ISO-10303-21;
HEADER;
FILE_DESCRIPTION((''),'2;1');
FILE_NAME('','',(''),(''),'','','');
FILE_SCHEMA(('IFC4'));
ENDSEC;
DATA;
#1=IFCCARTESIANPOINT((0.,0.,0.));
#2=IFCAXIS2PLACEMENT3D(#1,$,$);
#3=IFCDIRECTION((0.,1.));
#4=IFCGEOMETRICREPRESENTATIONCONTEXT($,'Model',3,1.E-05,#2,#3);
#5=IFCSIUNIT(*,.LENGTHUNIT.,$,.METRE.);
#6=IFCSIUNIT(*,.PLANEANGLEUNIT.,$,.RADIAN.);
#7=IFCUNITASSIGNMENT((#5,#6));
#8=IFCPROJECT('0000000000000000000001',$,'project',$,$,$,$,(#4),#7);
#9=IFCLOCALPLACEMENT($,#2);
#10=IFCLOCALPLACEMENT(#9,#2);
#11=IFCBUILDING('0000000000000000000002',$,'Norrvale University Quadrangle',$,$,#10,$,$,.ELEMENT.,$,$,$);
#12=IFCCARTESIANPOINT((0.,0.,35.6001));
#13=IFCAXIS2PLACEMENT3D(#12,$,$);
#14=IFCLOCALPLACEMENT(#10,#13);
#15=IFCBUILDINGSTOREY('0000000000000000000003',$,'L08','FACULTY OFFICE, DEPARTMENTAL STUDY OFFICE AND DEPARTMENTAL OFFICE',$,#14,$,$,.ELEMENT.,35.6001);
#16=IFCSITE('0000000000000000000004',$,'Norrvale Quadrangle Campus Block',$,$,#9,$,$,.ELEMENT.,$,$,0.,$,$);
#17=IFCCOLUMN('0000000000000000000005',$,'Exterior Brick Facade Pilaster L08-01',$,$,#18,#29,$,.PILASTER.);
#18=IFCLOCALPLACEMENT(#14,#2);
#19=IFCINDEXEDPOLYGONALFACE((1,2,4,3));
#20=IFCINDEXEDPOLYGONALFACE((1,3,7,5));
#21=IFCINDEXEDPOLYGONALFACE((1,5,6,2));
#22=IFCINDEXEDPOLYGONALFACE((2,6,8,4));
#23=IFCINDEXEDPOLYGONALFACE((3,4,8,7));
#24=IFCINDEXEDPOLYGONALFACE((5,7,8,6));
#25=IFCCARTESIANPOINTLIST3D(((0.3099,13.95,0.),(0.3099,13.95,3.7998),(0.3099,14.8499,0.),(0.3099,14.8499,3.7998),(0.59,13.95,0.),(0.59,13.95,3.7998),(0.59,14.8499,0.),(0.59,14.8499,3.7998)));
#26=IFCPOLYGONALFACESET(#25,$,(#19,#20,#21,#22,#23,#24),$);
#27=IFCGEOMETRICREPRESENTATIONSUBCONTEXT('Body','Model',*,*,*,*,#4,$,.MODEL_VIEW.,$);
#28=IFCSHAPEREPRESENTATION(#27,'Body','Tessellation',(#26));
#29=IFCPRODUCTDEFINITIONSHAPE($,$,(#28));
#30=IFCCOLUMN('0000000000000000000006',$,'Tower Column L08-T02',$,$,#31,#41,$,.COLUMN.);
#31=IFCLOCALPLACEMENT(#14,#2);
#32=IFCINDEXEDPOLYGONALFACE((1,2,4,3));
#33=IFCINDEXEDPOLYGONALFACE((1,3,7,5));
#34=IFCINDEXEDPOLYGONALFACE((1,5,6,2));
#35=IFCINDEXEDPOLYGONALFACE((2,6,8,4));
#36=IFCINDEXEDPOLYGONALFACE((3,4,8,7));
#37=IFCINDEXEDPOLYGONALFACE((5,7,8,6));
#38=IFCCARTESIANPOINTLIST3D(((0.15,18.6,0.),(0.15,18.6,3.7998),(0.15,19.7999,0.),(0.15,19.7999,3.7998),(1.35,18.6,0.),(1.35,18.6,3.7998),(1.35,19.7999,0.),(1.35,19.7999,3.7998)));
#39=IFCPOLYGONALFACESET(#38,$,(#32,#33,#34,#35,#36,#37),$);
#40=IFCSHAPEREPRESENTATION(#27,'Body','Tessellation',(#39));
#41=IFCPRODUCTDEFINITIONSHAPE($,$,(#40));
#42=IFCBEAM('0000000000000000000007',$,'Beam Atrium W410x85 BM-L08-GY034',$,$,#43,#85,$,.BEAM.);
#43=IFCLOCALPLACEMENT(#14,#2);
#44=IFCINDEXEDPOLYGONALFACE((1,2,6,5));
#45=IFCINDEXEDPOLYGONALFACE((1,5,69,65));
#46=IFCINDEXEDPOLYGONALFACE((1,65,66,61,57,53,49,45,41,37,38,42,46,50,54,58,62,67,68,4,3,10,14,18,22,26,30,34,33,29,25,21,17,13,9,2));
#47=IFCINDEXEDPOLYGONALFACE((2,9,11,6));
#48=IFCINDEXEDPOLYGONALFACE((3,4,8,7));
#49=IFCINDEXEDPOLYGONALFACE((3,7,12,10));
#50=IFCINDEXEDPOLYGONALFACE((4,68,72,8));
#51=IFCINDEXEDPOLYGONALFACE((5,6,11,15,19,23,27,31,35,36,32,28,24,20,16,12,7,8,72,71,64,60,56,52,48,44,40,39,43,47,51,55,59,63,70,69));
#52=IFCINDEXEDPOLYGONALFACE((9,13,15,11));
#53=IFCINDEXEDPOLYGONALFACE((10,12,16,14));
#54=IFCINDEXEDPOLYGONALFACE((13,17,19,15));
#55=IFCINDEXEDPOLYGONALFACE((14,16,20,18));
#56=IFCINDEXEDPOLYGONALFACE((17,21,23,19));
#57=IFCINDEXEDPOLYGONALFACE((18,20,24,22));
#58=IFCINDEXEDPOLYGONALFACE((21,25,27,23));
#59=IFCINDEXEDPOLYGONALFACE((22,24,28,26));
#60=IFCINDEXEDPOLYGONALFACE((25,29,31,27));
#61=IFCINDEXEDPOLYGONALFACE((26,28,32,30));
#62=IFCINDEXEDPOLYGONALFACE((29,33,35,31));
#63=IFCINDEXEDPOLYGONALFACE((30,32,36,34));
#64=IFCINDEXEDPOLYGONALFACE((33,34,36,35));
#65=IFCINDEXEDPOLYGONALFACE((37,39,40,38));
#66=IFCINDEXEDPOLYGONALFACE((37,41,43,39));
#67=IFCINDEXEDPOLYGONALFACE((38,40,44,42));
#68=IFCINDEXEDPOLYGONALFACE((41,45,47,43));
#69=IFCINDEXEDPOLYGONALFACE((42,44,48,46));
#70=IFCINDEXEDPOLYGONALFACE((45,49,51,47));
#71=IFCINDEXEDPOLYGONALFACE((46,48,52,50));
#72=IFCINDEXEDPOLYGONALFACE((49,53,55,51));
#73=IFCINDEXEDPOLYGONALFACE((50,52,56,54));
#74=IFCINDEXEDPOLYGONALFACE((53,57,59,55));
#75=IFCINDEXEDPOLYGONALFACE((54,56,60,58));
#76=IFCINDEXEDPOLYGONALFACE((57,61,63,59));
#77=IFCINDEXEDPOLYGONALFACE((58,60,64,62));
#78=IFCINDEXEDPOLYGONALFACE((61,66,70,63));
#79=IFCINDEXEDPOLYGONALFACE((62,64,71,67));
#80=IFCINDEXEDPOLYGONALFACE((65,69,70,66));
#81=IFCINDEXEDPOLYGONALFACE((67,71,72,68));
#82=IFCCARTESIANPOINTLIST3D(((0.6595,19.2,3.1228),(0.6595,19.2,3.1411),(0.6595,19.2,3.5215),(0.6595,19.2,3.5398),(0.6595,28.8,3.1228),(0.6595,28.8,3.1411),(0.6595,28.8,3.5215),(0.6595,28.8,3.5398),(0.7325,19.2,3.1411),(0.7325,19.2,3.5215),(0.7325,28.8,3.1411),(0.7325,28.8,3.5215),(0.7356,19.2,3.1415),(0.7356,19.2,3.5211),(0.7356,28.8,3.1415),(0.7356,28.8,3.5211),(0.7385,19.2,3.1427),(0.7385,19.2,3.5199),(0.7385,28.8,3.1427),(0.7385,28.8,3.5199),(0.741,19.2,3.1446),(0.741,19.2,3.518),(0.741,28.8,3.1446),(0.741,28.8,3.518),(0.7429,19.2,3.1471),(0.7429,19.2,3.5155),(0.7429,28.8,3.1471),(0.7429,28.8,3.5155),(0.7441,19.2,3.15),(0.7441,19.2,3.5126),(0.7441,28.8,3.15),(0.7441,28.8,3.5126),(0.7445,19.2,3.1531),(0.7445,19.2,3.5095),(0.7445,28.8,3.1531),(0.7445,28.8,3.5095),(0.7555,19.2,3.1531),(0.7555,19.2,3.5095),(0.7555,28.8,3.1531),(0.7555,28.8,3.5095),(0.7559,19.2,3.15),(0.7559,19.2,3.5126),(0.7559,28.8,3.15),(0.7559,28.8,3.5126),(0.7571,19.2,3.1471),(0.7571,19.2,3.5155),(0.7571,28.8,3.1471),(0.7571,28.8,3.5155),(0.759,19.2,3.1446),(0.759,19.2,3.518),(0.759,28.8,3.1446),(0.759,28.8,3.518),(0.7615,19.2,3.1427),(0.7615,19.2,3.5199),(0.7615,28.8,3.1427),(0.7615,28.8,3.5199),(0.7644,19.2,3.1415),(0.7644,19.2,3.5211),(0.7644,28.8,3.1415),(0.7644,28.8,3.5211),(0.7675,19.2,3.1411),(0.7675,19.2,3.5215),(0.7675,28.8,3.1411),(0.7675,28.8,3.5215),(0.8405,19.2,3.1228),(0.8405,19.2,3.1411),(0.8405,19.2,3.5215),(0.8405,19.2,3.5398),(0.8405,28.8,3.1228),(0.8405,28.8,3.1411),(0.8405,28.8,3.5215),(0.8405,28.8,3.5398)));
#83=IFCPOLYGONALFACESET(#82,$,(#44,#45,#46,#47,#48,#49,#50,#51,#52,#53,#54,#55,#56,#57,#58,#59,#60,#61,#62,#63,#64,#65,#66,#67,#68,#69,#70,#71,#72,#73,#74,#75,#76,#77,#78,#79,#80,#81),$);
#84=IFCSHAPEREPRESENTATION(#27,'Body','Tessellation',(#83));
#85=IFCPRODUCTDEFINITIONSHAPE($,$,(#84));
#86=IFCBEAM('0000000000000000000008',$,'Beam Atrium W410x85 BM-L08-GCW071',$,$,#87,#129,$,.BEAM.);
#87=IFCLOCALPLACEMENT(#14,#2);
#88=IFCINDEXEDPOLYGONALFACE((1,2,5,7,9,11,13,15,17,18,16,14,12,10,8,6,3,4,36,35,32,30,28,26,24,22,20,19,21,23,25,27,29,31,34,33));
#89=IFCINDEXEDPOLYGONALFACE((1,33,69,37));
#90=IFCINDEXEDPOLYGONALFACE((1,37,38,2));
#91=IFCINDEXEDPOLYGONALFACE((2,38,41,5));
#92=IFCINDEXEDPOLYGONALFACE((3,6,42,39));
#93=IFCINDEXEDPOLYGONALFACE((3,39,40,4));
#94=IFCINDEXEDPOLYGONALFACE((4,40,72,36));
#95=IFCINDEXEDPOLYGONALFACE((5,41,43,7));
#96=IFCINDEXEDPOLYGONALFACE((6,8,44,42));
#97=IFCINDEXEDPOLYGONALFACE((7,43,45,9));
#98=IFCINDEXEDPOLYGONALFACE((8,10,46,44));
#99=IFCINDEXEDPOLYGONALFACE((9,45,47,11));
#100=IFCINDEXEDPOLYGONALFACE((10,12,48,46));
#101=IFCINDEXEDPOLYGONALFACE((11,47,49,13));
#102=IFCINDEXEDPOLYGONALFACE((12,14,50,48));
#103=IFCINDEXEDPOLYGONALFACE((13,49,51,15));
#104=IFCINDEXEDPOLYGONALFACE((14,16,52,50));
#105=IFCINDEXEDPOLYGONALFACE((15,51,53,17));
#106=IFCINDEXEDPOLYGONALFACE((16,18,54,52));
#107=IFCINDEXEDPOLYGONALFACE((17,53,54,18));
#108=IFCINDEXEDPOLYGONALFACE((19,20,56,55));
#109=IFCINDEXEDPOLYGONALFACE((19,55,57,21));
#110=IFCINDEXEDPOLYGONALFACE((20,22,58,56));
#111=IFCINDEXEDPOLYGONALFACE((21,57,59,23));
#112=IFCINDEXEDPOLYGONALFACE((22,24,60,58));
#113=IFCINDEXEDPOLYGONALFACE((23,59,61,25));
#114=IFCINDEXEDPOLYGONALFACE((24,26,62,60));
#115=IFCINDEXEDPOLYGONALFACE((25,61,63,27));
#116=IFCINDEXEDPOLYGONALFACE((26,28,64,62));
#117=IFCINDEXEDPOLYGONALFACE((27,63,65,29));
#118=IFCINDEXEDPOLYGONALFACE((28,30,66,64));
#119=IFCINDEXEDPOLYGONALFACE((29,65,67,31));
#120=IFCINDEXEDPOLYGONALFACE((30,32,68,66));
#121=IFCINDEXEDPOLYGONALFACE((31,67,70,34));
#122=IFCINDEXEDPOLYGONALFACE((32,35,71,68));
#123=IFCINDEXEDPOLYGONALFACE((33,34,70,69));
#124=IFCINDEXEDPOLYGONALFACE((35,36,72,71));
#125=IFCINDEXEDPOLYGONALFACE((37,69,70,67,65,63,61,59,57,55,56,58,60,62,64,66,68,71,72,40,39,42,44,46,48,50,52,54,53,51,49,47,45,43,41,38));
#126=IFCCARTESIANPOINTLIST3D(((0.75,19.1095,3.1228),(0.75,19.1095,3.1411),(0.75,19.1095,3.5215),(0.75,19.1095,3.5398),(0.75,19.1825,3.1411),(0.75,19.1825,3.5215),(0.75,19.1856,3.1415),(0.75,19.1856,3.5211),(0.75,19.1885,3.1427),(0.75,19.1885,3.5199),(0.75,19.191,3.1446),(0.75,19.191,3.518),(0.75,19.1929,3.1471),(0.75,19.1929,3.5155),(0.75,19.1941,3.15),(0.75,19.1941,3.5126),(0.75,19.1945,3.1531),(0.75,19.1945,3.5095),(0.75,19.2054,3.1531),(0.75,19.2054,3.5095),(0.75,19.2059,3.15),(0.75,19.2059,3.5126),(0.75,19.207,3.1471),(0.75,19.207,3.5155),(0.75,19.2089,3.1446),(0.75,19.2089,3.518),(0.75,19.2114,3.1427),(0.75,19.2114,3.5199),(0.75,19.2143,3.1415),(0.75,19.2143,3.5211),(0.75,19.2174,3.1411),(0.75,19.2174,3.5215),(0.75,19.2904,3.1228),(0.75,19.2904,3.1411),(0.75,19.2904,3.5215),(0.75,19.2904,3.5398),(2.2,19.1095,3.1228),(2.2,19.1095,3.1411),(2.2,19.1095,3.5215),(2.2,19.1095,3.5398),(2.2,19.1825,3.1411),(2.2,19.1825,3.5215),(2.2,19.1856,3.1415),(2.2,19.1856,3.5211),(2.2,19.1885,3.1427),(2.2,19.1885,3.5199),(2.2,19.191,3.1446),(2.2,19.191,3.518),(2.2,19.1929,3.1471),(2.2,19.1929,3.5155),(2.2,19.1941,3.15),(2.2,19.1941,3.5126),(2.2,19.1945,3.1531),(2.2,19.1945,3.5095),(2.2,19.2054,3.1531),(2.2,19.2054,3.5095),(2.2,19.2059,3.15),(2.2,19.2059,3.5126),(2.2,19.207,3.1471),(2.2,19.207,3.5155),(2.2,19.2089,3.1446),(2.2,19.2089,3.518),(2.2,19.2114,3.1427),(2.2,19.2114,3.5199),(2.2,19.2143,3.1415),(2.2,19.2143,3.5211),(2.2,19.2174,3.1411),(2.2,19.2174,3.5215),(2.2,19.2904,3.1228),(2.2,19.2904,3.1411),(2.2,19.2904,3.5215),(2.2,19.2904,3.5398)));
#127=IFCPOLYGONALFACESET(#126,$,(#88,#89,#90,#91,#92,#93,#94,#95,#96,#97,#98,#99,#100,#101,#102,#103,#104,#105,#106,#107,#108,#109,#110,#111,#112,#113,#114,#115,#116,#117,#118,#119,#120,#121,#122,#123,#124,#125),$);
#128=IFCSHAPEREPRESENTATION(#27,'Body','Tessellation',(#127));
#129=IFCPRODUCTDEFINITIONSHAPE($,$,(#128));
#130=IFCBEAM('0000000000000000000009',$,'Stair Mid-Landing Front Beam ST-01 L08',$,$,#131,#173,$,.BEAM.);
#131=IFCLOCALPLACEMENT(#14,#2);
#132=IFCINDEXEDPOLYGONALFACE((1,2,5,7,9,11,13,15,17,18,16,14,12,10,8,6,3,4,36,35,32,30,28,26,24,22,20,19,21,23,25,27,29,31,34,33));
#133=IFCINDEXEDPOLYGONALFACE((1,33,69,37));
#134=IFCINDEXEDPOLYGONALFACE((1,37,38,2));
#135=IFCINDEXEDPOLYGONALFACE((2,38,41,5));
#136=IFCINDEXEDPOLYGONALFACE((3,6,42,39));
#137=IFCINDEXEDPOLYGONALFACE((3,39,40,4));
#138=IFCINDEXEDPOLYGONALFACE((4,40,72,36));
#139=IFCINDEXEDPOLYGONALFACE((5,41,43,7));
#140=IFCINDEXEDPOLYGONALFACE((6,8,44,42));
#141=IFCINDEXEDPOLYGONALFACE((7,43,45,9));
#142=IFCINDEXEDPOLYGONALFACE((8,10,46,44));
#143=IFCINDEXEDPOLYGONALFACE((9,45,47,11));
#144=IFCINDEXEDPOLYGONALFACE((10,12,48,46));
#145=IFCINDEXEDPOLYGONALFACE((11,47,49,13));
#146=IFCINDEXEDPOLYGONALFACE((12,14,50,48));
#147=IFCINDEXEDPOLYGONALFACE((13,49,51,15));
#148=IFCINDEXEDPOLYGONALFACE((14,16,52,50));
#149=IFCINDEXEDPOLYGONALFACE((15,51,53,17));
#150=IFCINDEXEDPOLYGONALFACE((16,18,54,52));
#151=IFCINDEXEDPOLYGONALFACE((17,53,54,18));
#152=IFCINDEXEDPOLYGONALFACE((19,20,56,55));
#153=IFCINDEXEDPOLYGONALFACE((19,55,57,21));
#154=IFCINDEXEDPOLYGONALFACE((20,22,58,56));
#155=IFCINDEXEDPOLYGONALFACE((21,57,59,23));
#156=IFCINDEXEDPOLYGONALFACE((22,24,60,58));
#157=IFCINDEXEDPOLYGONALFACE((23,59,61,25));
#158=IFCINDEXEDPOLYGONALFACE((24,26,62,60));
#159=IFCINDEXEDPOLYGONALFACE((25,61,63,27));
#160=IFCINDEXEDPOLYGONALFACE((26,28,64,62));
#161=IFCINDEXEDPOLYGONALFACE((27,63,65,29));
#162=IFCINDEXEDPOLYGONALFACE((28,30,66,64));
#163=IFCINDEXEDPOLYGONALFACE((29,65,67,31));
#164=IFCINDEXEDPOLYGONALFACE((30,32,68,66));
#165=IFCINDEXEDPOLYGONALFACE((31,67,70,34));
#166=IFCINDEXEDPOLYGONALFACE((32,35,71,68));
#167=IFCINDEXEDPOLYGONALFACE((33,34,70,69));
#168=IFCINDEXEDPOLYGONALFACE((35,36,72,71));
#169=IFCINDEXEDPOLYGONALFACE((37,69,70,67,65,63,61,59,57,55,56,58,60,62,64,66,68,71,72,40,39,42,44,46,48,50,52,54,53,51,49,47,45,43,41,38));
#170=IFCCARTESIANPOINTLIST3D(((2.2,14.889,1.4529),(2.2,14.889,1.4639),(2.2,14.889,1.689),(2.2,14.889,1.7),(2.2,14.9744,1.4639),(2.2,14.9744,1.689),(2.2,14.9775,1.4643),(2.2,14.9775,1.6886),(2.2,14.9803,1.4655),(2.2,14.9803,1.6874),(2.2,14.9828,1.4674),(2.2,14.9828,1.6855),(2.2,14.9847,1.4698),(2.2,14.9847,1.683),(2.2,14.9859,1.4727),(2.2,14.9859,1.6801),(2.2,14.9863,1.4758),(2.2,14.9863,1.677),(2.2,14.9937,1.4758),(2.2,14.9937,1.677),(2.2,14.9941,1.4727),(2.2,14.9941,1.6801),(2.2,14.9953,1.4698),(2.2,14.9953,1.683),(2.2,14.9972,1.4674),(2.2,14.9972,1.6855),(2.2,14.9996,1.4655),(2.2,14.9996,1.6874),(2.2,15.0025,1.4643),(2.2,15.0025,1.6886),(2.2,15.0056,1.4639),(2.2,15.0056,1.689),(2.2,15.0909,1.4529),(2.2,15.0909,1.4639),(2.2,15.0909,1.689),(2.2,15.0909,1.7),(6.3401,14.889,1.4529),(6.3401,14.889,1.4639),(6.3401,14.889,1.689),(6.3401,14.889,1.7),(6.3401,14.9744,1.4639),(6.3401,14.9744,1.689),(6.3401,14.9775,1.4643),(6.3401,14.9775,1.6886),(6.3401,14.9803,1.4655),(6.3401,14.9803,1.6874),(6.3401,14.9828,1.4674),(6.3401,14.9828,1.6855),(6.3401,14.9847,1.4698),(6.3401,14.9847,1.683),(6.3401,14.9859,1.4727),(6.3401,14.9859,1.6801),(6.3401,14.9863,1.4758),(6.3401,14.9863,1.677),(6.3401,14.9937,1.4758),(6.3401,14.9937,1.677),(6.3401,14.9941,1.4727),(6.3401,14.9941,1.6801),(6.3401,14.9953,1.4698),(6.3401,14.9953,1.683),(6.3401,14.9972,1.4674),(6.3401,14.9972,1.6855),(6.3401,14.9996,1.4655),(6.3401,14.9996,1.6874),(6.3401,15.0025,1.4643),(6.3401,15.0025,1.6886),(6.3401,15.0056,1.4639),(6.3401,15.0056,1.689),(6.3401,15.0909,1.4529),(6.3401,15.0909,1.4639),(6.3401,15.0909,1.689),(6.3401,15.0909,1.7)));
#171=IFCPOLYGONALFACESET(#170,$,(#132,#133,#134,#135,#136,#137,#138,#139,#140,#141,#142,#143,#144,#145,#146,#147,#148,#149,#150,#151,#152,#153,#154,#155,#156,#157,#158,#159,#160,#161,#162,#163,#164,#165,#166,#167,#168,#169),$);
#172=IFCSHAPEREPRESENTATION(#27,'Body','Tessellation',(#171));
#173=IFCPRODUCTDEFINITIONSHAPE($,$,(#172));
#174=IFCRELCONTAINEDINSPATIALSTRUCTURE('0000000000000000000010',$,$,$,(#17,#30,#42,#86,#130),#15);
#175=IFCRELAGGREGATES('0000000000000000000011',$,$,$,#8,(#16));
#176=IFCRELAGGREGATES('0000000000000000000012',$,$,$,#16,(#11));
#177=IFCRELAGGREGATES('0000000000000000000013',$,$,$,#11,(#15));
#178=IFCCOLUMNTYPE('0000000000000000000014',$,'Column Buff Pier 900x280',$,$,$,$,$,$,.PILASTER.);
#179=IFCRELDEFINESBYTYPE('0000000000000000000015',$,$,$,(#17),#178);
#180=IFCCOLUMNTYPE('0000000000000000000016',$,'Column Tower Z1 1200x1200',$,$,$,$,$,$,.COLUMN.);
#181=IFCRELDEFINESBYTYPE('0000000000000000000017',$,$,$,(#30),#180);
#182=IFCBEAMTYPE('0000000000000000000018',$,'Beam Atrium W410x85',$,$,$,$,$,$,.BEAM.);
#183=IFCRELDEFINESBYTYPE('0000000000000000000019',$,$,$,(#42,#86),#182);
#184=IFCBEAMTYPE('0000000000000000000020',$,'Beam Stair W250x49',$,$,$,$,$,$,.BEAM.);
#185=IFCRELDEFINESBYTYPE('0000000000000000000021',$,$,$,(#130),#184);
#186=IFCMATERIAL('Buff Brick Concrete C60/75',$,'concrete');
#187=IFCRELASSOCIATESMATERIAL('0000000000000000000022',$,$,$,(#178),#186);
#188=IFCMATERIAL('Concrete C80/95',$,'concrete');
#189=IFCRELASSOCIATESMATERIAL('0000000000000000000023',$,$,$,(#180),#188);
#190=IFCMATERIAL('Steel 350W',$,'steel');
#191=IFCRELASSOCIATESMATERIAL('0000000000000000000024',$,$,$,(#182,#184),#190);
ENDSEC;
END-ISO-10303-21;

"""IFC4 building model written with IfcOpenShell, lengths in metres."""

from ifc_helpers import new_model, si_unit, direction, frame, origin, origin_2d, place, context, subcontext, project, spatial, rectangle, i_section, extrude, material, material_profile, profile_set, type_object, element, save


model = new_model("IFC4")

# Units and contexts
model_context = context("Model", 3, precision=1e-05, world=origin(), true_north=direction((0.0, 1.0)))
body_context = subcontext(model_context, "Body", "Model", "MODEL_VIEW")
ifc_project = project(units=[si_unit("LENGTHUNIT", "METRE"), si_unit("PLANEANGLEUNIT", "RADIAN")], contexts=[model_context])

# Site, building, storey
site_placement = place(None, origin())
site = spatial("IfcSite", under=ifc_project, at=site_placement, Name="Norrvale Quadrangle Campus Block", CompositionType="ELEMENT", RefElevation=0.0)
building_placement = place(site_placement, origin())
building = spatial("IfcBuilding", under=site, at=building_placement, Name="Norrvale University Quadrangle", CompositionType="ELEMENT")
storey_placement = place(building_placement, frame((0.0, 0.0, 35.6001)))
storey = spatial("IfcBuildingStorey", under=building, at=storey_placement, Name="L08", Description="FACULTY OFFICE, DEPARTMENTAL STUDY OFFICE AND DEPARTMENTAL OFFICE", CompositionType="ELEMENT", Elevation=35.6001)

# Columns
ifc_material_1 = material(Name="Buff Brick Concrete C60/75", Category="concrete")
ifc_material_profile_1 = material_profile(ifc_material_1, rectangle(XDim=0.8999, YDim=0.28, at=origin_2d()), Name="Buff Brick Concrete C60/75")
ifc_profile_set_1 = profile_set([ifc_material_profile_1], Name="Buff Brick Concrete C60/75")
column_type_1 = type_object("IfcColumnType", Name="Column Buff Pier 900x280", PredefinedType="PILASTER", material=ifc_profile_set_1)
column_1_placement = place(storey_placement, frame((0.45, 14.3999, 0.0), z_axis=(0.0, 0.0, 1.0), x_axis=(0.0, 1.0, 0.0)))
element("IfcColumn", 1, at=column_1_placement, inside=storey, type_object=column_type_1, Name="Exterior Brick Facade Pilaster L08-01", PredefinedType="PILASTER", context=body_context, shape_type="SweptSolid", body=[
    extrude(rectangle(XDim=0.8999, YDim=0.28, at=origin_2d()), origin(), (0.0, 0.0, 1.0), 3.7998),
])
ifc_material_2 = material(Name="Concrete C80/95", Category="concrete")
ifc_material_profile_2 = material_profile(ifc_material_2, rectangle(XDim=1.2, YDim=1.2, at=origin_2d()), Name="Concrete C80/95")
ifc_profile_set_2 = profile_set([ifc_material_profile_2], Name="Concrete C80/95")
column_type_2 = type_object("IfcColumnType", Name="Column Tower Z1 1200x1200", PredefinedType="COLUMN", material=ifc_profile_set_2)
column_2_placement = place(storey_placement, frame((0.75, 19.2, 0.0), z_axis=(0.0, 0.0, 1.0), x_axis=(1.0, 0.0, 0.0)))
element("IfcColumn", 2, at=column_2_placement, inside=storey, type_object=column_type_2, Name="Tower Column L08-T02", PredefinedType="COLUMN", context=body_context, shape_type="SweptSolid", body=[
    extrude(rectangle(XDim=1.2, YDim=1.2, at=origin_2d()), origin(), (0.0, 0.0, 1.0), 3.7998),
])

# Beams
ifc_material_3 = material(Name="Steel 350W", Category="steel")
ifc_material_profile_3 = material_profile(ifc_material_3, i_section(OverallWidth=0.1809, OverallDepth=0.417, WebThickness=0.011, FlangeThickness=0.0183, FilletRadius=0.012, at=origin_2d()), Name="Steel 350W")
ifc_profile_set_3 = profile_set([ifc_material_profile_3], Name="Steel 350W")
beam_type_1 = type_object("IfcBeamType", Name="Beam Atrium W410x85", PredefinedType="BEAM", material=ifc_profile_set_3)
beam_1_placement = place(storey_placement, frame((0.75, 19.2, 3.3313), z_axis=(0.0, 1.0, 0.0), x_axis=(-1.0, 0.0, 0.0)))
element("IfcBeam", 3, at=beam_1_placement, inside=storey, type_object=beam_type_1, Name="Beam Atrium W410x85 BM-L08-GY034", PredefinedType="BEAM", context=body_context, shape_type="SweptSolid", body=[
    extrude(i_section(OverallWidth=0.1809, OverallDepth=0.417, WebThickness=0.011, FlangeThickness=0.0183, FilletRadius=0.012, at=origin_2d()), origin(), (0.0, 0.0, 1.0), 9.6001),
])
beam_2_placement = place(storey_placement, frame((0.75, 19.2, 3.3313), z_axis=(1.0, 0.0, 0.0), x_axis=(0.0, 1.0, 0.0)))
element("IfcBeam", 4, at=beam_2_placement, inside=storey, type_object=beam_type_1, Name="Beam Atrium W410x85 BM-L08-GCW071", PredefinedType="BEAM", context=body_context, shape_type="SweptSolid", body=[
    extrude(i_section(OverallWidth=0.1809, OverallDepth=0.417, WebThickness=0.011, FlangeThickness=0.0183, FilletRadius=0.012, at=origin_2d()), origin(), (0.0, 0.0, 1.0), 1.45),
])
ifc_material_profile_4 = material_profile(ifc_material_3, i_section(OverallWidth=0.2019, OverallDepth=0.2471, WebThickness=0.0073, FlangeThickness=0.011, FilletRadius=0.012, at=origin_2d()), Name="Steel 350W")
ifc_profile_set_4 = profile_set([ifc_material_profile_4], Name="Steel 350W")
beam_type_2 = type_object("IfcBeamType", Name="Beam Stair W250x49", PredefinedType="BEAM", material=ifc_profile_set_4)
for number, where, z_axis, x_axis, name in (
    (5, (2.2, 14.99, 1.5764), (1.0, 0.0, 0.0), (0.0, 1.0, 0.0), "Stair Mid-Landing Front Beam ST-01 L08"),
):
    element("IfcBeam", number, at=place(storey_placement, frame(where, z_axis=z_axis, x_axis=x_axis)), inside=storey, type_object=beam_type_2, Name=name, PredefinedType="BEAM", context=body_context, shape_type="SweptSolid", body=[
        extrude(i_section(OverallWidth=0.2019, OverallDepth=0.2471, WebThickness=0.0073, FlangeThickness=0.011, FilletRadius=0.012, at=origin_2d()), origin(), (0.0, 0.0, 1.0), 4.1401),
    ])

save(model, "model.ifc")
